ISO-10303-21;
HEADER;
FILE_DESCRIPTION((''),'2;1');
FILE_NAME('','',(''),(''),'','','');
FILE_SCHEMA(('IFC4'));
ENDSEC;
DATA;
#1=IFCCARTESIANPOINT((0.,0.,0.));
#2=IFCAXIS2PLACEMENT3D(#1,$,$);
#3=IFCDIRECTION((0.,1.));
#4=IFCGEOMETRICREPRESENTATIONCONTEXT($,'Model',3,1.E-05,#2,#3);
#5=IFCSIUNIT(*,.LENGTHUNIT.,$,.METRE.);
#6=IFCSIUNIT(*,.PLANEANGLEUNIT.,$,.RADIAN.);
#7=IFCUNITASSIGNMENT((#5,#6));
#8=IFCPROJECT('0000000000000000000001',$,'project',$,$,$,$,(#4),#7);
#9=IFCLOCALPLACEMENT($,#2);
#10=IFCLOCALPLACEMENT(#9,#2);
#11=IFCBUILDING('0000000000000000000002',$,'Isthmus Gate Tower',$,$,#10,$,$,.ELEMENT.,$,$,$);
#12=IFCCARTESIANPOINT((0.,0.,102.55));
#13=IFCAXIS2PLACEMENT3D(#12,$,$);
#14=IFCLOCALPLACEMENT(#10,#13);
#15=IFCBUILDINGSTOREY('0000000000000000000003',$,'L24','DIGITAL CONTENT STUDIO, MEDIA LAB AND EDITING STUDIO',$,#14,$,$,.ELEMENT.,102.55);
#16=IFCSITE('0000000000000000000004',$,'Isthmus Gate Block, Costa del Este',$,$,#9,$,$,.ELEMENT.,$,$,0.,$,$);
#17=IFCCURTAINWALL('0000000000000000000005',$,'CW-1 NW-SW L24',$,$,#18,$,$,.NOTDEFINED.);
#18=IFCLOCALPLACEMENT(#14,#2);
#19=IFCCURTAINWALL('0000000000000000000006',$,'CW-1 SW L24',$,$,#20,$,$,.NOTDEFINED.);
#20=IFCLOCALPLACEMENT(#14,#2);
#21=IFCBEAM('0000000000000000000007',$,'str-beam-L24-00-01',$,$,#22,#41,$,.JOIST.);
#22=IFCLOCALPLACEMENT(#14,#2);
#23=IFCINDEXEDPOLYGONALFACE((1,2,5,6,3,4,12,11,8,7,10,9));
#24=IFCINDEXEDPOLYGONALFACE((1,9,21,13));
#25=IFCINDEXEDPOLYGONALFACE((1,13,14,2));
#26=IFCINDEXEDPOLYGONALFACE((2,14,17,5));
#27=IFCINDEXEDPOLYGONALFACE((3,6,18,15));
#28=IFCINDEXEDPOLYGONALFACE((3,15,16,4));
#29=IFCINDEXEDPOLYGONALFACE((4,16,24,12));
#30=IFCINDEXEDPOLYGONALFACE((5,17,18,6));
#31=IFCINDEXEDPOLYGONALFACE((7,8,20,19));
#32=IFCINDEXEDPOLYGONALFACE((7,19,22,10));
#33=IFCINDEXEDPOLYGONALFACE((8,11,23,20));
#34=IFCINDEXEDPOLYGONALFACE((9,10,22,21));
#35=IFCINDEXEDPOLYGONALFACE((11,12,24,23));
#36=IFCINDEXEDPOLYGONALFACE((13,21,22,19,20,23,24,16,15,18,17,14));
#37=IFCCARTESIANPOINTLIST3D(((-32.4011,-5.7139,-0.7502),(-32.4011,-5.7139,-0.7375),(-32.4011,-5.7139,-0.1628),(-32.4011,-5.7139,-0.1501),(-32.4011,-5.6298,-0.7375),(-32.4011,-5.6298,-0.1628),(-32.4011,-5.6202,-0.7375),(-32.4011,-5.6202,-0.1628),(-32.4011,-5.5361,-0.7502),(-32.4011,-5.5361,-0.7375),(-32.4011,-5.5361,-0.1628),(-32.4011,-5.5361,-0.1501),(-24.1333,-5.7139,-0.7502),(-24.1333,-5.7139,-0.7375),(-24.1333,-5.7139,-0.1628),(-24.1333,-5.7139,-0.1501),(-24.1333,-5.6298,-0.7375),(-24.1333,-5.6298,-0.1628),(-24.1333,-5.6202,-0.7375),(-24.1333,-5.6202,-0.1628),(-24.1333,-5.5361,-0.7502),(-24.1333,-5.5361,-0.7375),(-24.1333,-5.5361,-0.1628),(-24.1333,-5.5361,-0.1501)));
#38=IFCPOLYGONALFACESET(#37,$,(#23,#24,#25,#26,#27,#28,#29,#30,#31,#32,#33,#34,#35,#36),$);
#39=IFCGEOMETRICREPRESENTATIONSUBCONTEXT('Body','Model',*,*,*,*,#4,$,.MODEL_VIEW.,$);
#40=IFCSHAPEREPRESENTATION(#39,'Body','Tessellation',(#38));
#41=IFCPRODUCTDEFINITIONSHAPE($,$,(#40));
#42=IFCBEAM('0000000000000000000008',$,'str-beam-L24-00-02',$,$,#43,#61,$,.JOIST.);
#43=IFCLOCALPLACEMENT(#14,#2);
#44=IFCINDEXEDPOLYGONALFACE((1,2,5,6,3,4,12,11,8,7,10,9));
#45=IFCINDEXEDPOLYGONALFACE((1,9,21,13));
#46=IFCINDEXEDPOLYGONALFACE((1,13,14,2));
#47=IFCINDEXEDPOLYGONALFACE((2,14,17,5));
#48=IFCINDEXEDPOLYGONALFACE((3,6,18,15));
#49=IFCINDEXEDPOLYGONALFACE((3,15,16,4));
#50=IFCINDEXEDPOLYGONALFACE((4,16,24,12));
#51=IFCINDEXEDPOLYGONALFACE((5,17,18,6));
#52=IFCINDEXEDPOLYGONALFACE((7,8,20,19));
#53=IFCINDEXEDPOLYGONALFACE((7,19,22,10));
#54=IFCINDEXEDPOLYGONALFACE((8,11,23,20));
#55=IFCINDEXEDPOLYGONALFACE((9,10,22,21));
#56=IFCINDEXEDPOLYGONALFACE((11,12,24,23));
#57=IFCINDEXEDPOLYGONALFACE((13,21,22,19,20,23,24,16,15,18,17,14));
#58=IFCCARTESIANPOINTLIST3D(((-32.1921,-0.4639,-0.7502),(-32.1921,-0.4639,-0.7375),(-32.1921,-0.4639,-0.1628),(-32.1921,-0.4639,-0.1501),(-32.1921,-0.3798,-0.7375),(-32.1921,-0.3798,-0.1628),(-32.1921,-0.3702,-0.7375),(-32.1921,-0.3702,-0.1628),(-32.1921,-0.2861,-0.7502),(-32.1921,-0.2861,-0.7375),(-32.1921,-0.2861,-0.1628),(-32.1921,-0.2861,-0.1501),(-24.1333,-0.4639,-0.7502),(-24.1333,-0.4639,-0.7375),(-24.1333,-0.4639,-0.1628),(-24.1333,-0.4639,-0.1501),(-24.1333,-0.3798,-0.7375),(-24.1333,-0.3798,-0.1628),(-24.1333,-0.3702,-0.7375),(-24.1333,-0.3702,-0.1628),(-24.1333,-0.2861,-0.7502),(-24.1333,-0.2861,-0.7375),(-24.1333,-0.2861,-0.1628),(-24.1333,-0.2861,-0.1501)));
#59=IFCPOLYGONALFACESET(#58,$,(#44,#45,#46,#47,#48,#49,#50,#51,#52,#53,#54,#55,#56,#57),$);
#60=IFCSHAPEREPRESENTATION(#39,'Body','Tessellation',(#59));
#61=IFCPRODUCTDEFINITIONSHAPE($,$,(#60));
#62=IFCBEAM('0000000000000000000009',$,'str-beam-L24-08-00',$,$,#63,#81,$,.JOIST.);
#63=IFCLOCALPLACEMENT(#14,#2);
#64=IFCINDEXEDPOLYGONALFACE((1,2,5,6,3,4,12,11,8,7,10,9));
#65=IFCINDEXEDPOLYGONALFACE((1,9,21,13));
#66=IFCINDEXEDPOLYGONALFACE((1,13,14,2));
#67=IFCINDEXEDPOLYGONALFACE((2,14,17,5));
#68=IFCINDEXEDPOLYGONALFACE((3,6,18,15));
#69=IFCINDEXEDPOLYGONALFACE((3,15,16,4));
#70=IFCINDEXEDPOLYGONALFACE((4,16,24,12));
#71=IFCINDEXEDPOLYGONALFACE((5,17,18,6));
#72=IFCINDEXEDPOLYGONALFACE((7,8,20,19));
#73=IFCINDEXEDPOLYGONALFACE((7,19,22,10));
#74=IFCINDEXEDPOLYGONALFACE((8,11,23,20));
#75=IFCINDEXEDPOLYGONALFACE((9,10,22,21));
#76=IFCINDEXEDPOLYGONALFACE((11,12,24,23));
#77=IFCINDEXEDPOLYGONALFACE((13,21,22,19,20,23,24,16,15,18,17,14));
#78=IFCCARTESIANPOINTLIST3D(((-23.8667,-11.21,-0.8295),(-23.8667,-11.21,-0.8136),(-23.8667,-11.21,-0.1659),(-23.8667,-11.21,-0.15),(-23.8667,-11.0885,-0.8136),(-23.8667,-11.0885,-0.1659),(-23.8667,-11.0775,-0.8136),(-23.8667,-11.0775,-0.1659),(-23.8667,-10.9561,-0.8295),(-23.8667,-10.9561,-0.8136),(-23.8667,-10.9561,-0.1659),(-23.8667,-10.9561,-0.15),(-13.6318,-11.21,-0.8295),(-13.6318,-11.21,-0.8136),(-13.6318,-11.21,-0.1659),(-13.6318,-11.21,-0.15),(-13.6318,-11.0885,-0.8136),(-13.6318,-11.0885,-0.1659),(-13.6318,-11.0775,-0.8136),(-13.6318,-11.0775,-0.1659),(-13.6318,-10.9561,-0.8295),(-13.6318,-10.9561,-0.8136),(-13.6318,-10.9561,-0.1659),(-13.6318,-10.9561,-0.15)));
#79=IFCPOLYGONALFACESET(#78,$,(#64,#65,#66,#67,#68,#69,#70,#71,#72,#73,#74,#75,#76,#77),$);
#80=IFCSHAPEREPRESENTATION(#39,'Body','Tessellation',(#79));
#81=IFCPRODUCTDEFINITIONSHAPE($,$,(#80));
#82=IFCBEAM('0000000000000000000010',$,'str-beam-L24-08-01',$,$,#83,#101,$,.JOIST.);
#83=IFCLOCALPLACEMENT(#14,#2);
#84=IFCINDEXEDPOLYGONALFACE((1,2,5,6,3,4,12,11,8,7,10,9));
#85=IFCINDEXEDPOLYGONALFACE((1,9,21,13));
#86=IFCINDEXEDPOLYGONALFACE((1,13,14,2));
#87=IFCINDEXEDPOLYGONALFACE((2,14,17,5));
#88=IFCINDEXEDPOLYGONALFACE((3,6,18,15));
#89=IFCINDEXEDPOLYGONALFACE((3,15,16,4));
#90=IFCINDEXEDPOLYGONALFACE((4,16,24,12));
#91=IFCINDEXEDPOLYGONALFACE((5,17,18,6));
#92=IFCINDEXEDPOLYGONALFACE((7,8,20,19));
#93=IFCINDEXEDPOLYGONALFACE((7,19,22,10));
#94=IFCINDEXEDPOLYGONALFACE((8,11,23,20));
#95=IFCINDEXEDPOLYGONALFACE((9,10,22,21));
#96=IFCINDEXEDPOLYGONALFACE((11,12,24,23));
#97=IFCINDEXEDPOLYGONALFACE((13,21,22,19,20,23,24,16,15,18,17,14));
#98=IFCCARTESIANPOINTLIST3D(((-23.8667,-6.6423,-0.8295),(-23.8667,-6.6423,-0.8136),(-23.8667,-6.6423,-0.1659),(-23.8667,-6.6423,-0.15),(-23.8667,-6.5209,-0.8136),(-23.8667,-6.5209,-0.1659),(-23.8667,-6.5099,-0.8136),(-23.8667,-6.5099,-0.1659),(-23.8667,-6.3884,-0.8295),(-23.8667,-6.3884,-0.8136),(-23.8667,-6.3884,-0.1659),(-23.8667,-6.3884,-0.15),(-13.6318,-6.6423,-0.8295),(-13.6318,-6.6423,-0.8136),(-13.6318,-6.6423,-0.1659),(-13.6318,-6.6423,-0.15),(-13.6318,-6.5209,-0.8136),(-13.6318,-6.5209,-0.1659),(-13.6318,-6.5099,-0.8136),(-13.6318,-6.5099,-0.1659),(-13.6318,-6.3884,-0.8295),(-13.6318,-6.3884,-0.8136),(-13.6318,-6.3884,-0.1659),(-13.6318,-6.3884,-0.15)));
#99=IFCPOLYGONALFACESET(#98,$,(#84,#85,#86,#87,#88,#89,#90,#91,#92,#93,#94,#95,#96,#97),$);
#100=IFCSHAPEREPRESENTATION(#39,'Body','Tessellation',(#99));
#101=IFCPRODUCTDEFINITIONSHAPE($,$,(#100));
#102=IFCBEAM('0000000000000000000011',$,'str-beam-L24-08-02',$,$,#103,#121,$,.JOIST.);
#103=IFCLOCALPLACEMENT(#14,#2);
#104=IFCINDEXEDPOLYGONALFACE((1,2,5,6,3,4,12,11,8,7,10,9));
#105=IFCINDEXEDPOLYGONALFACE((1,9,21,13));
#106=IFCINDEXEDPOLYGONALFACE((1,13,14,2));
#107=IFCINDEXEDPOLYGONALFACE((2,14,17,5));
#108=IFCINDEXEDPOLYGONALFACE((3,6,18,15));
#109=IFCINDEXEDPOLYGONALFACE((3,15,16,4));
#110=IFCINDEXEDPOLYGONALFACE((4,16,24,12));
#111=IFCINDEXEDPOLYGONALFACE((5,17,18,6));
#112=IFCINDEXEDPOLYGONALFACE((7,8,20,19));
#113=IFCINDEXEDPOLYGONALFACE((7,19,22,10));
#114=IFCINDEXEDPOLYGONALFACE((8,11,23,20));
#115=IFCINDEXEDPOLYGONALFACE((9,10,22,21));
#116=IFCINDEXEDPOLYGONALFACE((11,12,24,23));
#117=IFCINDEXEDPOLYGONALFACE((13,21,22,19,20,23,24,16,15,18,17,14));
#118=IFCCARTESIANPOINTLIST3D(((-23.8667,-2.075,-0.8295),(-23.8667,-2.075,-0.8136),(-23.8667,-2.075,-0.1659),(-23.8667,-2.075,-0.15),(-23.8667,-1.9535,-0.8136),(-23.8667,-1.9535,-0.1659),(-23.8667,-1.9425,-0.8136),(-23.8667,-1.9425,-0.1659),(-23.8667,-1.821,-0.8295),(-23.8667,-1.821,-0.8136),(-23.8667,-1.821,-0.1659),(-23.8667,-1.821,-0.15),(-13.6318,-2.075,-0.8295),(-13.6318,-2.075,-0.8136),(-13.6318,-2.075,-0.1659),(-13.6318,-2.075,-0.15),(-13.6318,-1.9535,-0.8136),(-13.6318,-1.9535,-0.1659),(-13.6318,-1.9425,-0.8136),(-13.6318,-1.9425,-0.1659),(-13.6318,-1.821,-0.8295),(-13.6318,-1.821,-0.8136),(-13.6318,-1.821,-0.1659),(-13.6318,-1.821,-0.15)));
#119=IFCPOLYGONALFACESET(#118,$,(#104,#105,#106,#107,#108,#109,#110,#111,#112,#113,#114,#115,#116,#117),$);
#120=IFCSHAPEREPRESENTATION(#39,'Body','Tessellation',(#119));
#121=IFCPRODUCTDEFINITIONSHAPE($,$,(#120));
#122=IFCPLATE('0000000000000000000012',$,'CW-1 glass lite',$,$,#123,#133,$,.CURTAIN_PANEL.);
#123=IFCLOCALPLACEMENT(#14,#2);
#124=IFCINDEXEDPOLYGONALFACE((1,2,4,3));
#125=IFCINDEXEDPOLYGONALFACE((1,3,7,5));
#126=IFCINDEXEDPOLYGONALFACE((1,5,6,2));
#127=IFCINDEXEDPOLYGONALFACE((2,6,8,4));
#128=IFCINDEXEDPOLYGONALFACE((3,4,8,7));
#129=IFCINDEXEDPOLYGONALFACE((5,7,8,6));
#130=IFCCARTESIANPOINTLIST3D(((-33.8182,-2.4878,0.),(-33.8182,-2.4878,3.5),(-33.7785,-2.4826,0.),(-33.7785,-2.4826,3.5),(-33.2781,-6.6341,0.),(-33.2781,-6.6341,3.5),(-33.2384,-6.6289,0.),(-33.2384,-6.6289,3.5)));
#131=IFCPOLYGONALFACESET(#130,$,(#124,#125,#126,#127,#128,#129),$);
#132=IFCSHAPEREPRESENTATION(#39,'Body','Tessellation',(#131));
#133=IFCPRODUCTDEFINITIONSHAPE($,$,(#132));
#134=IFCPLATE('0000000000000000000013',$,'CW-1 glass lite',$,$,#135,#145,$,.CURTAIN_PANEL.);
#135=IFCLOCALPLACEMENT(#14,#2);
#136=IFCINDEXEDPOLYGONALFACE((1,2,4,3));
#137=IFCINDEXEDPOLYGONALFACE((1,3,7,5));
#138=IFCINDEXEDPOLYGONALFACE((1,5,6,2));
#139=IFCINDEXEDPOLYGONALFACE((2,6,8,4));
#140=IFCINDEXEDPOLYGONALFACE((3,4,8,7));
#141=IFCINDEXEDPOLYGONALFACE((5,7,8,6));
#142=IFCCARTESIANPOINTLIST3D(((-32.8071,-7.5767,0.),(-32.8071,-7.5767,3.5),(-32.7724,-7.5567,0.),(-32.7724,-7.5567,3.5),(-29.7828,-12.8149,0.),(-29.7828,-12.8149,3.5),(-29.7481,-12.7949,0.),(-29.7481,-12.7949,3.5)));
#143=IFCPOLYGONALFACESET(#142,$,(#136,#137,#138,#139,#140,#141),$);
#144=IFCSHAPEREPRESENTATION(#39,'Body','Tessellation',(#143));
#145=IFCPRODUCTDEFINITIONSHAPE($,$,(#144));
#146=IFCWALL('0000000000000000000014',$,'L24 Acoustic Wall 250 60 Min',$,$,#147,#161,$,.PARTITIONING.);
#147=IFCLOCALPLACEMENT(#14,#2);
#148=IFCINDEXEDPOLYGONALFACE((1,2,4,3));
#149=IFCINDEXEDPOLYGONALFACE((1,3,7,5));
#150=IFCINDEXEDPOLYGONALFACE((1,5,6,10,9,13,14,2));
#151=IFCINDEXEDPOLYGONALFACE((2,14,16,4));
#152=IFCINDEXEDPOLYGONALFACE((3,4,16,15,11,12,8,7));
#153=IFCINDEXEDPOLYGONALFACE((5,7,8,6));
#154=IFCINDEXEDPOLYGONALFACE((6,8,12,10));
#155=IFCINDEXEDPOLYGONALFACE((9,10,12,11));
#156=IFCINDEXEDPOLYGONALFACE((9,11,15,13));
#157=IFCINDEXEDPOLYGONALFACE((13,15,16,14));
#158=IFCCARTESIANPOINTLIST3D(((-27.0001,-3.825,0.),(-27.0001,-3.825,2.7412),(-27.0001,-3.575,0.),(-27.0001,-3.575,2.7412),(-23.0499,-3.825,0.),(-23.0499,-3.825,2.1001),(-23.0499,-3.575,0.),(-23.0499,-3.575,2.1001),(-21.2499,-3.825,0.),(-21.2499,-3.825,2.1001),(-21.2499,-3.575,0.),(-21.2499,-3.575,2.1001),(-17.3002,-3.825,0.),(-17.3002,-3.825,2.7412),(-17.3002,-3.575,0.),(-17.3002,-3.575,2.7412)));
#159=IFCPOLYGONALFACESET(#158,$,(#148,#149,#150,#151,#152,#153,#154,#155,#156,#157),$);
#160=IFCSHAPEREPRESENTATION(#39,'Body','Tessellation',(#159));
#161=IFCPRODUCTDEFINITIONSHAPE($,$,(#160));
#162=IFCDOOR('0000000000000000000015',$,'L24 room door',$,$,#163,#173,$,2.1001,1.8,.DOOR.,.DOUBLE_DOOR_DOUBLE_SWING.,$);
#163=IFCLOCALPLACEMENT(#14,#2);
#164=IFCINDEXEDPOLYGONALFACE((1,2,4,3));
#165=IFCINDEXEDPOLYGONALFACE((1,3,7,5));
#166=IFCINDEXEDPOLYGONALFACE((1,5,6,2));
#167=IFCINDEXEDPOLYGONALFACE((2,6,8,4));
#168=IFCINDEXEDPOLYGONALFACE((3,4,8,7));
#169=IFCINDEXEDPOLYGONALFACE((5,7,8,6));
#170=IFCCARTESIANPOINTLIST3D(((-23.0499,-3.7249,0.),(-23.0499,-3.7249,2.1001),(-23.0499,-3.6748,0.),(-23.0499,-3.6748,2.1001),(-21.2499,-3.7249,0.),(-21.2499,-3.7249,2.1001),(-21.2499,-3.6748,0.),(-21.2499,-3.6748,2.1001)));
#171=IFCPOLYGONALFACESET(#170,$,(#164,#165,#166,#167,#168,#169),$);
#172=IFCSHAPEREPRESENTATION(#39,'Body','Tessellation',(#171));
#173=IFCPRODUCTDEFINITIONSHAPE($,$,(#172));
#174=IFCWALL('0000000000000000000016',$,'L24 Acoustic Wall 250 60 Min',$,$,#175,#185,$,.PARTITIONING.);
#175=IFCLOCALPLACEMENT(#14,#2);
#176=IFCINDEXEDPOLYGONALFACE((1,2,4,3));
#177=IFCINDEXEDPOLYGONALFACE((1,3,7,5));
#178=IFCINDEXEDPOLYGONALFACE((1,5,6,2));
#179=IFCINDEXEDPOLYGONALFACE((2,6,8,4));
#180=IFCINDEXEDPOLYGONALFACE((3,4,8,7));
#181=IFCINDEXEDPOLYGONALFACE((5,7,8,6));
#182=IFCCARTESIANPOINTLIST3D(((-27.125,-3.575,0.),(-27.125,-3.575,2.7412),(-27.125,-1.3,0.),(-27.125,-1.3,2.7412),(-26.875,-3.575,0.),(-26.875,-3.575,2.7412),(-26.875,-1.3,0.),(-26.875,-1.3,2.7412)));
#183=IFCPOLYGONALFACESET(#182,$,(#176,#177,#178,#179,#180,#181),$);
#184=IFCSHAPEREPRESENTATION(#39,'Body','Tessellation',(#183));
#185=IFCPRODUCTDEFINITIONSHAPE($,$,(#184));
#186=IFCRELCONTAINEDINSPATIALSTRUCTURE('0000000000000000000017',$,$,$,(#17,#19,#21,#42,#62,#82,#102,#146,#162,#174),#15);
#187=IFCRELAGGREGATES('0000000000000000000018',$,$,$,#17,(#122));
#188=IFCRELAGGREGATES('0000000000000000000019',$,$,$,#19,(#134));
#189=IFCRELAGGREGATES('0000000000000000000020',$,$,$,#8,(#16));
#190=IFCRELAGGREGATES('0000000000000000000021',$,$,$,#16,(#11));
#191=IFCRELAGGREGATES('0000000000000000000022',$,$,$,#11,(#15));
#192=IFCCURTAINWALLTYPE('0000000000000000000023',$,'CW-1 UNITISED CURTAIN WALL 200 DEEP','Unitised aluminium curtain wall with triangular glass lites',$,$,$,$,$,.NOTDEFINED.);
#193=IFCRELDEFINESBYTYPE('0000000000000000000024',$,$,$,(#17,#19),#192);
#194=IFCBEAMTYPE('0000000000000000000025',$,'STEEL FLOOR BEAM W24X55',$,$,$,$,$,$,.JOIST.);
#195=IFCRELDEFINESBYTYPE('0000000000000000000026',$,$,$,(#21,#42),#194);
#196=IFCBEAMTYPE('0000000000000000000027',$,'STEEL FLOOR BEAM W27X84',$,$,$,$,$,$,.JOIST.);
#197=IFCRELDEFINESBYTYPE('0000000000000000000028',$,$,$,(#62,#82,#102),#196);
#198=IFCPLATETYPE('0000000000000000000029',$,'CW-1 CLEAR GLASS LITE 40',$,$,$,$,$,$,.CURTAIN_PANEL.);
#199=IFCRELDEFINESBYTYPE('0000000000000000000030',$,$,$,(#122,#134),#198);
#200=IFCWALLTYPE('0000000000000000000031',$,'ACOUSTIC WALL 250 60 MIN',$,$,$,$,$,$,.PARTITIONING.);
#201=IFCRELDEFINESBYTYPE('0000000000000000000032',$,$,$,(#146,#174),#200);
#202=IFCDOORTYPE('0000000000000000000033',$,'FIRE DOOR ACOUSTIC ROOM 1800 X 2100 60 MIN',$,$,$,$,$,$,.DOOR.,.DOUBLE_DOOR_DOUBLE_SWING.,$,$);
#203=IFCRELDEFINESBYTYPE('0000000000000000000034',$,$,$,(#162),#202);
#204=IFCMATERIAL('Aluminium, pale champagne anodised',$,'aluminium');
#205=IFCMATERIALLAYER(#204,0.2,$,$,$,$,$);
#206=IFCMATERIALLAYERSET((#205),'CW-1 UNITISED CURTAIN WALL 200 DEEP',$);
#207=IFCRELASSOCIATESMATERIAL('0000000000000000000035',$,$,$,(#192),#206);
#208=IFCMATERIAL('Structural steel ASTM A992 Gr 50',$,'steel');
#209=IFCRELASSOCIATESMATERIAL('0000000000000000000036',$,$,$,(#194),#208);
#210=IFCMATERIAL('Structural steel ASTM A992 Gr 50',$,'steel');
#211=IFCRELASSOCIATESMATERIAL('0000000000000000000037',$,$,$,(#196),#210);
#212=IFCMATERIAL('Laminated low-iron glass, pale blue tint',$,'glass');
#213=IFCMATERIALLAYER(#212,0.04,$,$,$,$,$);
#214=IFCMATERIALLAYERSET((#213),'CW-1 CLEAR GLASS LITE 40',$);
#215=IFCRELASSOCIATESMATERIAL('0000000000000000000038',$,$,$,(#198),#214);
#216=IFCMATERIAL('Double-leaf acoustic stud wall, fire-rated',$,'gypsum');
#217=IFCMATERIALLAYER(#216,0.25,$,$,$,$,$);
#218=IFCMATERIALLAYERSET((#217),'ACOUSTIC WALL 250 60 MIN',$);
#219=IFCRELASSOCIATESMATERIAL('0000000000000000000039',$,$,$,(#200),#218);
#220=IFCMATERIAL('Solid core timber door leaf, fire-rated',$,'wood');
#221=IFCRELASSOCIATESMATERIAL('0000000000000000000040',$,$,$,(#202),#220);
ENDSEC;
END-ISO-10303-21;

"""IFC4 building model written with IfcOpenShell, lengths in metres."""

from ifc_helpers import new_model, si_unit, direction, frame, frame_2d, origin, origin_2d, place, context, subcontext, project, spatial, rectangle, i_section, extrude, material, layer, layer_set, material_profile, profile_set, type_object, element, fill, aggregate, save


model = new_model("IFC4")

# Units and contexts
model_context = context("Model", 3, precision=1e-05, world=origin(), true_north=direction((0.0, 1.0)))
body_context = subcontext(model_context, "Body", "Model", "MODEL_VIEW")
ifc_project = project(units=[si_unit("LENGTHUNIT", "METRE"), si_unit("PLANEANGLEUNIT", "RADIAN")], contexts=[model_context])

# Site, building, storey
site_placement = place(None, origin())
site = spatial("IfcSite", under=ifc_project, at=site_placement, Name="Isthmus Gate Block, Costa del Este", CompositionType="ELEMENT", RefElevation=0.0)
building_placement = place(site_placement, origin())
building = spatial("IfcBuilding", under=site, at=building_placement, Name="Isthmus Gate Tower", CompositionType="ELEMENT")
storey_placement = place(building_placement, frame((0.0, 0.0, 102.55)))
storey = spatial("IfcBuildingStorey", under=building, at=storey_placement, Name="L24", Description="DIGITAL CONTENT STUDIO, MEDIA LAB AND EDITING STUDIO", CompositionType="ELEMENT", Elevation=102.55)

# Curtain walls
ifc_material_1 = material(Name="Aluminium, pale champagne anodised", Category="aluminium")
ifc_layer_1 = layer(ifc_material_1, 0.2)
ifc_layer_set_1 = layer_set([ifc_layer_1], Name="CW-1 UNITISED CURTAIN WALL 200 DEEP")
curtain_wall_type = type_object("IfcCurtainWallType", Name="CW-1 UNITISED CURTAIN WALL 200 DEEP", Description="Unitised aluminium curtain wall with triangular glass lites", PredefinedType="NOTDEFINED", material=ifc_layer_set_1)
curtain_wall_1_placement = place(storey_placement, origin())
curtain_wall_1 = element("IfcCurtainWall", 1, at=curtain_wall_1_placement, inside=storey, type_object=curtain_wall_type, Name="CW-1 NW-SW L24", PredefinedType="NOTDEFINED")
curtain_wall_2_placement = place(storey_placement, origin())
curtain_wall_2 = element("IfcCurtainWall", 2, at=curtain_wall_2_placement, inside=storey, type_object=curtain_wall_type, Name="CW-1 SW L24", PredefinedType="NOTDEFINED")

# Beams
ifc_material_2 = material(Name="Structural steel ASTM A992 Gr 50", Category="steel")
ifc_material_profile_1 = material_profile(ifc_material_2, i_section(OverallWidth=0.1777, OverallDepth=0.6001, WebThickness=0.0095, FlangeThickness=0.0127, at=origin_2d()), Name="W24X55")
ifc_profile_set_1 = profile_set([ifc_material_profile_1], Name="Structural steel ASTM A992 Gr 50")
beam_type_1 = type_object("IfcBeamType", Name="STEEL FLOOR BEAM W24X55", PredefinedType="JOIST", material=ifc_profile_set_1)
beam_1_placement = place(storey_placement, frame((-32.4011, -5.625, -0.4502), z_axis=(1.0, 0.0, 0.0), x_axis=(0.0, 1.0, 0.0)))
element("IfcBeam", 3, at=beam_1_placement, inside=storey, type_object=beam_type_1, Name="str-beam-L24-00-01", PredefinedType="JOIST", context=body_context, shape_type="SweptSolid", body=[
    extrude(i_section(OverallWidth=0.1777, OverallDepth=0.6001, WebThickness=0.0095, FlangeThickness=0.0127, at=origin_2d()), origin(), (0.0, 0.0, 1.0), 8.2678),
])
beam_2_placement = place(storey_placement, frame((-32.1921, -0.375, -0.4502), z_axis=(1.0, 0.0, 0.0), x_axis=(0.0, 1.0, 0.0)))
element("IfcBeam", 4, at=beam_2_placement, inside=storey, type_object=beam_type_1, Name="str-beam-L24-00-02", PredefinedType="JOIST", context=body_context, shape_type="SweptSolid", body=[
    extrude(i_section(OverallWidth=0.1777, OverallDepth=0.6001, WebThickness=0.0095, FlangeThickness=0.0127, at=origin_2d()), origin(), (0.0, 0.0, 1.0), 8.0588),
])
ifc_material_3 = material(Name="Structural steel ASTM A992 Gr 50", Category="steel")
ifc_material_profile_2 = material_profile(ifc_material_3, i_section(OverallWidth=0.2539, OverallDepth=0.6794, WebThickness=0.011, FlangeThickness=0.0159, at=origin_2d()), Name="W27X84")
ifc_profile_set_2 = profile_set([ifc_material_profile_2], Name="Structural steel ASTM A992 Gr 50")
beam_type_2 = type_object("IfcBeamType", Name="STEEL FLOOR BEAM W27X84", PredefinedType="JOIST", material=ifc_profile_set_2)
for number, where, z_axis, x_axis, name in (
    (5, (-23.8667, -11.083, -0.4897), (1.0, 0.0, 0.0), (0.0, 1.0, 0.0), "str-beam-L24-08-00"),
    (6, (-23.8667, -6.5154, -0.4897), (1.0, 0.0, 0.0), (0.0, 1.0, 0.0), "str-beam-L24-08-01"),
    (7, (-23.8667, -1.948, -0.4897), (1.0, 0.0, 0.0), (0.0, 1.0, 0.0), "str-beam-L24-08-02"),
):
    element("IfcBeam", number, at=place(storey_placement, frame(where, z_axis=z_axis, x_axis=x_axis)), inside=storey, type_object=beam_type_2, Name=name, PredefinedType="JOIST", context=body_context, shape_type="SweptSolid", body=[
        extrude(i_section(OverallWidth=0.2539, OverallDepth=0.6794, WebThickness=0.011, FlangeThickness=0.0159, at=origin_2d()), origin(), (0.0, 0.0, 1.0), 10.2349),
    ])

# Plates
ifc_material_4 = material(Name="Laminated low-iron glass, pale blue tint", Category="glass")
ifc_layer_2 = layer(ifc_material_4, 0.04)
ifc_layer_set_2 = layer_set([ifc_layer_2], Name="CW-1 CLEAR GLASS LITE 40")
plate_type = type_object("IfcPlateType", Name="CW-1 CLEAR GLASS LITE 40", PredefinedType="CURTAIN_PANEL", material=ifc_layer_set_2)
plate_1_placement = place(storey_placement, frame((-33.5283, -4.5583, 0.0), z_axis=(0.0, 0.0, 1.0), x_axis=(0.129165, -0.991623, 0.0)))
plate_1 = element("IfcPlate", 8, at=plate_1_placement, type_object=plate_type, Name="CW-1 glass lite", PredefinedType="CURTAIN_PANEL", context=body_context, shape_type="SweptSolid", body=[
    extrude(rectangle(XDim=4.1814, YDim=0.04, at=origin_2d()), origin(), (0.0, 0.0, 1.0), 3.5),
])
aggregate(curtain_wall_1, [plate_1])
plate_2_placement = place(storey_placement, frame((-31.2776, -10.1858, 0.0), z_axis=(0.0, 0.0, 1.0), x_axis=(0.5, -0.866025, 0.0)))
plate_2 = element("IfcPlate", 9, at=plate_2_placement, type_object=plate_type, Name="CW-1 glass lite", PredefinedType="CURTAIN_PANEL", context=body_context, shape_type="SweptSolid", body=[
    extrude(rectangle(XDim=6.0486, YDim=0.04, at=origin_2d()), origin(), (0.0, 0.0, 1.0), 3.5),
])
aggregate(curtain_wall_2, [plate_2])

# Wall, opening, door
ifc_material_5 = material(Name="Double-leaf acoustic stud wall, fire-rated", Category="gypsum")
ifc_layer_3 = layer(ifc_material_5, 0.25)
ifc_layer_set_3 = layer_set([ifc_layer_3], Name="ACOUSTIC WALL 250 60 MIN")
wall_type_1 = type_object("IfcWallType", Name="ACOUSTIC WALL 250 60 MIN", PredefinedType="PARTITIONING", material=ifc_layer_set_3)
wall_1_placement = place(storey_placement, frame((-17.3, -3.7, 0.0), z_axis=(0.0, 0.0, 1.0), x_axis=(-1.0, 0.0, 0.0)))
wall_1 = element("IfcWall", 10, at=wall_1_placement, inside=storey, type_object=wall_type_1, Name="L24 Acoustic Wall 250 60 Min", PredefinedType="PARTITIONING", context=body_context, shape_type="SweptSolid", body=[
    extrude(rectangle(XDim=9.7, YDim=0.25, at=frame_2d((4.8501, 0.0))), origin(), (0.0, 0.0, 1.0), 2.7412),
])
opening_1_placement = place(wall_1_placement, frame((3.95, 0.0, 0.0)))
opening_1 = element("IfcOpeningElement", 11, at=opening_1_placement, cuts=wall_1, PredefinedType="OPENING", context=body_context, shape_type="SweptSolid", body=[
    extrude(rectangle(XDim=1.8, YDim=2.1001, at=frame_2d((0.8999, 1.05))), frame((0.0, 0.135, 0.0), z_axis=(0.0, -1.0, 0.0), x_axis=(1.0, 0.0, 0.0)), (0.0, 0.0, 1.0), 0.27),
])
ifc_material_6 = material(Name="Solid core timber door leaf, fire-rated", Category="wood")
door_type_1 = type_object("IfcDoorType", Name="FIRE DOOR ACOUSTIC ROOM 1800 X 2100 60 MIN", OperationType="DOUBLE_DOOR_DOUBLE_SWING", PredefinedType="DOOR", material=ifc_material_6)
door_1_placement = place(opening_1_placement, origin())
door_1 = element("IfcDoor", 12, at=door_1_placement, inside=storey, type_object=door_type_1, Name="L24 room door", OperationType="DOUBLE_DOOR_DOUBLE_SWING", OverallHeight=2.1001, OverallWidth=1.8, PredefinedType="DOOR", context=body_context, shape_type="SweptSolid", body=[
    extrude(rectangle(XDim=1.8, YDim=2.1001, at=frame_2d((0.8999, 1.05))), frame((0.0, 0.0249, 0.0), z_axis=(0.0, -1.0, 0.0), x_axis=(1.0, 0.0, 0.0)), (0.0, 0.0, 1.0), 0.05),
])
fill(opening_1, door_1)

# Wall
wall_2_placement = place(storey_placement, frame((-27.0, -3.575, 0.0), z_axis=(0.0, 0.0, 1.0), x_axis=(0.0, 1.0, 0.0)))
element("IfcWall", 13, at=wall_2_placement, inside=storey, type_object=wall_type_1, Name="L24 Acoustic Wall 250 60 Min", PredefinedType="PARTITIONING", context=body_context, shape_type="SweptSolid", body=[
    extrude(rectangle(XDim=2.2749, YDim=0.25, at=frame_2d((1.1375, 0.0))), origin(), (0.0, 0.0, 1.0), 2.7412),
])

save(model, "model.ifc")
